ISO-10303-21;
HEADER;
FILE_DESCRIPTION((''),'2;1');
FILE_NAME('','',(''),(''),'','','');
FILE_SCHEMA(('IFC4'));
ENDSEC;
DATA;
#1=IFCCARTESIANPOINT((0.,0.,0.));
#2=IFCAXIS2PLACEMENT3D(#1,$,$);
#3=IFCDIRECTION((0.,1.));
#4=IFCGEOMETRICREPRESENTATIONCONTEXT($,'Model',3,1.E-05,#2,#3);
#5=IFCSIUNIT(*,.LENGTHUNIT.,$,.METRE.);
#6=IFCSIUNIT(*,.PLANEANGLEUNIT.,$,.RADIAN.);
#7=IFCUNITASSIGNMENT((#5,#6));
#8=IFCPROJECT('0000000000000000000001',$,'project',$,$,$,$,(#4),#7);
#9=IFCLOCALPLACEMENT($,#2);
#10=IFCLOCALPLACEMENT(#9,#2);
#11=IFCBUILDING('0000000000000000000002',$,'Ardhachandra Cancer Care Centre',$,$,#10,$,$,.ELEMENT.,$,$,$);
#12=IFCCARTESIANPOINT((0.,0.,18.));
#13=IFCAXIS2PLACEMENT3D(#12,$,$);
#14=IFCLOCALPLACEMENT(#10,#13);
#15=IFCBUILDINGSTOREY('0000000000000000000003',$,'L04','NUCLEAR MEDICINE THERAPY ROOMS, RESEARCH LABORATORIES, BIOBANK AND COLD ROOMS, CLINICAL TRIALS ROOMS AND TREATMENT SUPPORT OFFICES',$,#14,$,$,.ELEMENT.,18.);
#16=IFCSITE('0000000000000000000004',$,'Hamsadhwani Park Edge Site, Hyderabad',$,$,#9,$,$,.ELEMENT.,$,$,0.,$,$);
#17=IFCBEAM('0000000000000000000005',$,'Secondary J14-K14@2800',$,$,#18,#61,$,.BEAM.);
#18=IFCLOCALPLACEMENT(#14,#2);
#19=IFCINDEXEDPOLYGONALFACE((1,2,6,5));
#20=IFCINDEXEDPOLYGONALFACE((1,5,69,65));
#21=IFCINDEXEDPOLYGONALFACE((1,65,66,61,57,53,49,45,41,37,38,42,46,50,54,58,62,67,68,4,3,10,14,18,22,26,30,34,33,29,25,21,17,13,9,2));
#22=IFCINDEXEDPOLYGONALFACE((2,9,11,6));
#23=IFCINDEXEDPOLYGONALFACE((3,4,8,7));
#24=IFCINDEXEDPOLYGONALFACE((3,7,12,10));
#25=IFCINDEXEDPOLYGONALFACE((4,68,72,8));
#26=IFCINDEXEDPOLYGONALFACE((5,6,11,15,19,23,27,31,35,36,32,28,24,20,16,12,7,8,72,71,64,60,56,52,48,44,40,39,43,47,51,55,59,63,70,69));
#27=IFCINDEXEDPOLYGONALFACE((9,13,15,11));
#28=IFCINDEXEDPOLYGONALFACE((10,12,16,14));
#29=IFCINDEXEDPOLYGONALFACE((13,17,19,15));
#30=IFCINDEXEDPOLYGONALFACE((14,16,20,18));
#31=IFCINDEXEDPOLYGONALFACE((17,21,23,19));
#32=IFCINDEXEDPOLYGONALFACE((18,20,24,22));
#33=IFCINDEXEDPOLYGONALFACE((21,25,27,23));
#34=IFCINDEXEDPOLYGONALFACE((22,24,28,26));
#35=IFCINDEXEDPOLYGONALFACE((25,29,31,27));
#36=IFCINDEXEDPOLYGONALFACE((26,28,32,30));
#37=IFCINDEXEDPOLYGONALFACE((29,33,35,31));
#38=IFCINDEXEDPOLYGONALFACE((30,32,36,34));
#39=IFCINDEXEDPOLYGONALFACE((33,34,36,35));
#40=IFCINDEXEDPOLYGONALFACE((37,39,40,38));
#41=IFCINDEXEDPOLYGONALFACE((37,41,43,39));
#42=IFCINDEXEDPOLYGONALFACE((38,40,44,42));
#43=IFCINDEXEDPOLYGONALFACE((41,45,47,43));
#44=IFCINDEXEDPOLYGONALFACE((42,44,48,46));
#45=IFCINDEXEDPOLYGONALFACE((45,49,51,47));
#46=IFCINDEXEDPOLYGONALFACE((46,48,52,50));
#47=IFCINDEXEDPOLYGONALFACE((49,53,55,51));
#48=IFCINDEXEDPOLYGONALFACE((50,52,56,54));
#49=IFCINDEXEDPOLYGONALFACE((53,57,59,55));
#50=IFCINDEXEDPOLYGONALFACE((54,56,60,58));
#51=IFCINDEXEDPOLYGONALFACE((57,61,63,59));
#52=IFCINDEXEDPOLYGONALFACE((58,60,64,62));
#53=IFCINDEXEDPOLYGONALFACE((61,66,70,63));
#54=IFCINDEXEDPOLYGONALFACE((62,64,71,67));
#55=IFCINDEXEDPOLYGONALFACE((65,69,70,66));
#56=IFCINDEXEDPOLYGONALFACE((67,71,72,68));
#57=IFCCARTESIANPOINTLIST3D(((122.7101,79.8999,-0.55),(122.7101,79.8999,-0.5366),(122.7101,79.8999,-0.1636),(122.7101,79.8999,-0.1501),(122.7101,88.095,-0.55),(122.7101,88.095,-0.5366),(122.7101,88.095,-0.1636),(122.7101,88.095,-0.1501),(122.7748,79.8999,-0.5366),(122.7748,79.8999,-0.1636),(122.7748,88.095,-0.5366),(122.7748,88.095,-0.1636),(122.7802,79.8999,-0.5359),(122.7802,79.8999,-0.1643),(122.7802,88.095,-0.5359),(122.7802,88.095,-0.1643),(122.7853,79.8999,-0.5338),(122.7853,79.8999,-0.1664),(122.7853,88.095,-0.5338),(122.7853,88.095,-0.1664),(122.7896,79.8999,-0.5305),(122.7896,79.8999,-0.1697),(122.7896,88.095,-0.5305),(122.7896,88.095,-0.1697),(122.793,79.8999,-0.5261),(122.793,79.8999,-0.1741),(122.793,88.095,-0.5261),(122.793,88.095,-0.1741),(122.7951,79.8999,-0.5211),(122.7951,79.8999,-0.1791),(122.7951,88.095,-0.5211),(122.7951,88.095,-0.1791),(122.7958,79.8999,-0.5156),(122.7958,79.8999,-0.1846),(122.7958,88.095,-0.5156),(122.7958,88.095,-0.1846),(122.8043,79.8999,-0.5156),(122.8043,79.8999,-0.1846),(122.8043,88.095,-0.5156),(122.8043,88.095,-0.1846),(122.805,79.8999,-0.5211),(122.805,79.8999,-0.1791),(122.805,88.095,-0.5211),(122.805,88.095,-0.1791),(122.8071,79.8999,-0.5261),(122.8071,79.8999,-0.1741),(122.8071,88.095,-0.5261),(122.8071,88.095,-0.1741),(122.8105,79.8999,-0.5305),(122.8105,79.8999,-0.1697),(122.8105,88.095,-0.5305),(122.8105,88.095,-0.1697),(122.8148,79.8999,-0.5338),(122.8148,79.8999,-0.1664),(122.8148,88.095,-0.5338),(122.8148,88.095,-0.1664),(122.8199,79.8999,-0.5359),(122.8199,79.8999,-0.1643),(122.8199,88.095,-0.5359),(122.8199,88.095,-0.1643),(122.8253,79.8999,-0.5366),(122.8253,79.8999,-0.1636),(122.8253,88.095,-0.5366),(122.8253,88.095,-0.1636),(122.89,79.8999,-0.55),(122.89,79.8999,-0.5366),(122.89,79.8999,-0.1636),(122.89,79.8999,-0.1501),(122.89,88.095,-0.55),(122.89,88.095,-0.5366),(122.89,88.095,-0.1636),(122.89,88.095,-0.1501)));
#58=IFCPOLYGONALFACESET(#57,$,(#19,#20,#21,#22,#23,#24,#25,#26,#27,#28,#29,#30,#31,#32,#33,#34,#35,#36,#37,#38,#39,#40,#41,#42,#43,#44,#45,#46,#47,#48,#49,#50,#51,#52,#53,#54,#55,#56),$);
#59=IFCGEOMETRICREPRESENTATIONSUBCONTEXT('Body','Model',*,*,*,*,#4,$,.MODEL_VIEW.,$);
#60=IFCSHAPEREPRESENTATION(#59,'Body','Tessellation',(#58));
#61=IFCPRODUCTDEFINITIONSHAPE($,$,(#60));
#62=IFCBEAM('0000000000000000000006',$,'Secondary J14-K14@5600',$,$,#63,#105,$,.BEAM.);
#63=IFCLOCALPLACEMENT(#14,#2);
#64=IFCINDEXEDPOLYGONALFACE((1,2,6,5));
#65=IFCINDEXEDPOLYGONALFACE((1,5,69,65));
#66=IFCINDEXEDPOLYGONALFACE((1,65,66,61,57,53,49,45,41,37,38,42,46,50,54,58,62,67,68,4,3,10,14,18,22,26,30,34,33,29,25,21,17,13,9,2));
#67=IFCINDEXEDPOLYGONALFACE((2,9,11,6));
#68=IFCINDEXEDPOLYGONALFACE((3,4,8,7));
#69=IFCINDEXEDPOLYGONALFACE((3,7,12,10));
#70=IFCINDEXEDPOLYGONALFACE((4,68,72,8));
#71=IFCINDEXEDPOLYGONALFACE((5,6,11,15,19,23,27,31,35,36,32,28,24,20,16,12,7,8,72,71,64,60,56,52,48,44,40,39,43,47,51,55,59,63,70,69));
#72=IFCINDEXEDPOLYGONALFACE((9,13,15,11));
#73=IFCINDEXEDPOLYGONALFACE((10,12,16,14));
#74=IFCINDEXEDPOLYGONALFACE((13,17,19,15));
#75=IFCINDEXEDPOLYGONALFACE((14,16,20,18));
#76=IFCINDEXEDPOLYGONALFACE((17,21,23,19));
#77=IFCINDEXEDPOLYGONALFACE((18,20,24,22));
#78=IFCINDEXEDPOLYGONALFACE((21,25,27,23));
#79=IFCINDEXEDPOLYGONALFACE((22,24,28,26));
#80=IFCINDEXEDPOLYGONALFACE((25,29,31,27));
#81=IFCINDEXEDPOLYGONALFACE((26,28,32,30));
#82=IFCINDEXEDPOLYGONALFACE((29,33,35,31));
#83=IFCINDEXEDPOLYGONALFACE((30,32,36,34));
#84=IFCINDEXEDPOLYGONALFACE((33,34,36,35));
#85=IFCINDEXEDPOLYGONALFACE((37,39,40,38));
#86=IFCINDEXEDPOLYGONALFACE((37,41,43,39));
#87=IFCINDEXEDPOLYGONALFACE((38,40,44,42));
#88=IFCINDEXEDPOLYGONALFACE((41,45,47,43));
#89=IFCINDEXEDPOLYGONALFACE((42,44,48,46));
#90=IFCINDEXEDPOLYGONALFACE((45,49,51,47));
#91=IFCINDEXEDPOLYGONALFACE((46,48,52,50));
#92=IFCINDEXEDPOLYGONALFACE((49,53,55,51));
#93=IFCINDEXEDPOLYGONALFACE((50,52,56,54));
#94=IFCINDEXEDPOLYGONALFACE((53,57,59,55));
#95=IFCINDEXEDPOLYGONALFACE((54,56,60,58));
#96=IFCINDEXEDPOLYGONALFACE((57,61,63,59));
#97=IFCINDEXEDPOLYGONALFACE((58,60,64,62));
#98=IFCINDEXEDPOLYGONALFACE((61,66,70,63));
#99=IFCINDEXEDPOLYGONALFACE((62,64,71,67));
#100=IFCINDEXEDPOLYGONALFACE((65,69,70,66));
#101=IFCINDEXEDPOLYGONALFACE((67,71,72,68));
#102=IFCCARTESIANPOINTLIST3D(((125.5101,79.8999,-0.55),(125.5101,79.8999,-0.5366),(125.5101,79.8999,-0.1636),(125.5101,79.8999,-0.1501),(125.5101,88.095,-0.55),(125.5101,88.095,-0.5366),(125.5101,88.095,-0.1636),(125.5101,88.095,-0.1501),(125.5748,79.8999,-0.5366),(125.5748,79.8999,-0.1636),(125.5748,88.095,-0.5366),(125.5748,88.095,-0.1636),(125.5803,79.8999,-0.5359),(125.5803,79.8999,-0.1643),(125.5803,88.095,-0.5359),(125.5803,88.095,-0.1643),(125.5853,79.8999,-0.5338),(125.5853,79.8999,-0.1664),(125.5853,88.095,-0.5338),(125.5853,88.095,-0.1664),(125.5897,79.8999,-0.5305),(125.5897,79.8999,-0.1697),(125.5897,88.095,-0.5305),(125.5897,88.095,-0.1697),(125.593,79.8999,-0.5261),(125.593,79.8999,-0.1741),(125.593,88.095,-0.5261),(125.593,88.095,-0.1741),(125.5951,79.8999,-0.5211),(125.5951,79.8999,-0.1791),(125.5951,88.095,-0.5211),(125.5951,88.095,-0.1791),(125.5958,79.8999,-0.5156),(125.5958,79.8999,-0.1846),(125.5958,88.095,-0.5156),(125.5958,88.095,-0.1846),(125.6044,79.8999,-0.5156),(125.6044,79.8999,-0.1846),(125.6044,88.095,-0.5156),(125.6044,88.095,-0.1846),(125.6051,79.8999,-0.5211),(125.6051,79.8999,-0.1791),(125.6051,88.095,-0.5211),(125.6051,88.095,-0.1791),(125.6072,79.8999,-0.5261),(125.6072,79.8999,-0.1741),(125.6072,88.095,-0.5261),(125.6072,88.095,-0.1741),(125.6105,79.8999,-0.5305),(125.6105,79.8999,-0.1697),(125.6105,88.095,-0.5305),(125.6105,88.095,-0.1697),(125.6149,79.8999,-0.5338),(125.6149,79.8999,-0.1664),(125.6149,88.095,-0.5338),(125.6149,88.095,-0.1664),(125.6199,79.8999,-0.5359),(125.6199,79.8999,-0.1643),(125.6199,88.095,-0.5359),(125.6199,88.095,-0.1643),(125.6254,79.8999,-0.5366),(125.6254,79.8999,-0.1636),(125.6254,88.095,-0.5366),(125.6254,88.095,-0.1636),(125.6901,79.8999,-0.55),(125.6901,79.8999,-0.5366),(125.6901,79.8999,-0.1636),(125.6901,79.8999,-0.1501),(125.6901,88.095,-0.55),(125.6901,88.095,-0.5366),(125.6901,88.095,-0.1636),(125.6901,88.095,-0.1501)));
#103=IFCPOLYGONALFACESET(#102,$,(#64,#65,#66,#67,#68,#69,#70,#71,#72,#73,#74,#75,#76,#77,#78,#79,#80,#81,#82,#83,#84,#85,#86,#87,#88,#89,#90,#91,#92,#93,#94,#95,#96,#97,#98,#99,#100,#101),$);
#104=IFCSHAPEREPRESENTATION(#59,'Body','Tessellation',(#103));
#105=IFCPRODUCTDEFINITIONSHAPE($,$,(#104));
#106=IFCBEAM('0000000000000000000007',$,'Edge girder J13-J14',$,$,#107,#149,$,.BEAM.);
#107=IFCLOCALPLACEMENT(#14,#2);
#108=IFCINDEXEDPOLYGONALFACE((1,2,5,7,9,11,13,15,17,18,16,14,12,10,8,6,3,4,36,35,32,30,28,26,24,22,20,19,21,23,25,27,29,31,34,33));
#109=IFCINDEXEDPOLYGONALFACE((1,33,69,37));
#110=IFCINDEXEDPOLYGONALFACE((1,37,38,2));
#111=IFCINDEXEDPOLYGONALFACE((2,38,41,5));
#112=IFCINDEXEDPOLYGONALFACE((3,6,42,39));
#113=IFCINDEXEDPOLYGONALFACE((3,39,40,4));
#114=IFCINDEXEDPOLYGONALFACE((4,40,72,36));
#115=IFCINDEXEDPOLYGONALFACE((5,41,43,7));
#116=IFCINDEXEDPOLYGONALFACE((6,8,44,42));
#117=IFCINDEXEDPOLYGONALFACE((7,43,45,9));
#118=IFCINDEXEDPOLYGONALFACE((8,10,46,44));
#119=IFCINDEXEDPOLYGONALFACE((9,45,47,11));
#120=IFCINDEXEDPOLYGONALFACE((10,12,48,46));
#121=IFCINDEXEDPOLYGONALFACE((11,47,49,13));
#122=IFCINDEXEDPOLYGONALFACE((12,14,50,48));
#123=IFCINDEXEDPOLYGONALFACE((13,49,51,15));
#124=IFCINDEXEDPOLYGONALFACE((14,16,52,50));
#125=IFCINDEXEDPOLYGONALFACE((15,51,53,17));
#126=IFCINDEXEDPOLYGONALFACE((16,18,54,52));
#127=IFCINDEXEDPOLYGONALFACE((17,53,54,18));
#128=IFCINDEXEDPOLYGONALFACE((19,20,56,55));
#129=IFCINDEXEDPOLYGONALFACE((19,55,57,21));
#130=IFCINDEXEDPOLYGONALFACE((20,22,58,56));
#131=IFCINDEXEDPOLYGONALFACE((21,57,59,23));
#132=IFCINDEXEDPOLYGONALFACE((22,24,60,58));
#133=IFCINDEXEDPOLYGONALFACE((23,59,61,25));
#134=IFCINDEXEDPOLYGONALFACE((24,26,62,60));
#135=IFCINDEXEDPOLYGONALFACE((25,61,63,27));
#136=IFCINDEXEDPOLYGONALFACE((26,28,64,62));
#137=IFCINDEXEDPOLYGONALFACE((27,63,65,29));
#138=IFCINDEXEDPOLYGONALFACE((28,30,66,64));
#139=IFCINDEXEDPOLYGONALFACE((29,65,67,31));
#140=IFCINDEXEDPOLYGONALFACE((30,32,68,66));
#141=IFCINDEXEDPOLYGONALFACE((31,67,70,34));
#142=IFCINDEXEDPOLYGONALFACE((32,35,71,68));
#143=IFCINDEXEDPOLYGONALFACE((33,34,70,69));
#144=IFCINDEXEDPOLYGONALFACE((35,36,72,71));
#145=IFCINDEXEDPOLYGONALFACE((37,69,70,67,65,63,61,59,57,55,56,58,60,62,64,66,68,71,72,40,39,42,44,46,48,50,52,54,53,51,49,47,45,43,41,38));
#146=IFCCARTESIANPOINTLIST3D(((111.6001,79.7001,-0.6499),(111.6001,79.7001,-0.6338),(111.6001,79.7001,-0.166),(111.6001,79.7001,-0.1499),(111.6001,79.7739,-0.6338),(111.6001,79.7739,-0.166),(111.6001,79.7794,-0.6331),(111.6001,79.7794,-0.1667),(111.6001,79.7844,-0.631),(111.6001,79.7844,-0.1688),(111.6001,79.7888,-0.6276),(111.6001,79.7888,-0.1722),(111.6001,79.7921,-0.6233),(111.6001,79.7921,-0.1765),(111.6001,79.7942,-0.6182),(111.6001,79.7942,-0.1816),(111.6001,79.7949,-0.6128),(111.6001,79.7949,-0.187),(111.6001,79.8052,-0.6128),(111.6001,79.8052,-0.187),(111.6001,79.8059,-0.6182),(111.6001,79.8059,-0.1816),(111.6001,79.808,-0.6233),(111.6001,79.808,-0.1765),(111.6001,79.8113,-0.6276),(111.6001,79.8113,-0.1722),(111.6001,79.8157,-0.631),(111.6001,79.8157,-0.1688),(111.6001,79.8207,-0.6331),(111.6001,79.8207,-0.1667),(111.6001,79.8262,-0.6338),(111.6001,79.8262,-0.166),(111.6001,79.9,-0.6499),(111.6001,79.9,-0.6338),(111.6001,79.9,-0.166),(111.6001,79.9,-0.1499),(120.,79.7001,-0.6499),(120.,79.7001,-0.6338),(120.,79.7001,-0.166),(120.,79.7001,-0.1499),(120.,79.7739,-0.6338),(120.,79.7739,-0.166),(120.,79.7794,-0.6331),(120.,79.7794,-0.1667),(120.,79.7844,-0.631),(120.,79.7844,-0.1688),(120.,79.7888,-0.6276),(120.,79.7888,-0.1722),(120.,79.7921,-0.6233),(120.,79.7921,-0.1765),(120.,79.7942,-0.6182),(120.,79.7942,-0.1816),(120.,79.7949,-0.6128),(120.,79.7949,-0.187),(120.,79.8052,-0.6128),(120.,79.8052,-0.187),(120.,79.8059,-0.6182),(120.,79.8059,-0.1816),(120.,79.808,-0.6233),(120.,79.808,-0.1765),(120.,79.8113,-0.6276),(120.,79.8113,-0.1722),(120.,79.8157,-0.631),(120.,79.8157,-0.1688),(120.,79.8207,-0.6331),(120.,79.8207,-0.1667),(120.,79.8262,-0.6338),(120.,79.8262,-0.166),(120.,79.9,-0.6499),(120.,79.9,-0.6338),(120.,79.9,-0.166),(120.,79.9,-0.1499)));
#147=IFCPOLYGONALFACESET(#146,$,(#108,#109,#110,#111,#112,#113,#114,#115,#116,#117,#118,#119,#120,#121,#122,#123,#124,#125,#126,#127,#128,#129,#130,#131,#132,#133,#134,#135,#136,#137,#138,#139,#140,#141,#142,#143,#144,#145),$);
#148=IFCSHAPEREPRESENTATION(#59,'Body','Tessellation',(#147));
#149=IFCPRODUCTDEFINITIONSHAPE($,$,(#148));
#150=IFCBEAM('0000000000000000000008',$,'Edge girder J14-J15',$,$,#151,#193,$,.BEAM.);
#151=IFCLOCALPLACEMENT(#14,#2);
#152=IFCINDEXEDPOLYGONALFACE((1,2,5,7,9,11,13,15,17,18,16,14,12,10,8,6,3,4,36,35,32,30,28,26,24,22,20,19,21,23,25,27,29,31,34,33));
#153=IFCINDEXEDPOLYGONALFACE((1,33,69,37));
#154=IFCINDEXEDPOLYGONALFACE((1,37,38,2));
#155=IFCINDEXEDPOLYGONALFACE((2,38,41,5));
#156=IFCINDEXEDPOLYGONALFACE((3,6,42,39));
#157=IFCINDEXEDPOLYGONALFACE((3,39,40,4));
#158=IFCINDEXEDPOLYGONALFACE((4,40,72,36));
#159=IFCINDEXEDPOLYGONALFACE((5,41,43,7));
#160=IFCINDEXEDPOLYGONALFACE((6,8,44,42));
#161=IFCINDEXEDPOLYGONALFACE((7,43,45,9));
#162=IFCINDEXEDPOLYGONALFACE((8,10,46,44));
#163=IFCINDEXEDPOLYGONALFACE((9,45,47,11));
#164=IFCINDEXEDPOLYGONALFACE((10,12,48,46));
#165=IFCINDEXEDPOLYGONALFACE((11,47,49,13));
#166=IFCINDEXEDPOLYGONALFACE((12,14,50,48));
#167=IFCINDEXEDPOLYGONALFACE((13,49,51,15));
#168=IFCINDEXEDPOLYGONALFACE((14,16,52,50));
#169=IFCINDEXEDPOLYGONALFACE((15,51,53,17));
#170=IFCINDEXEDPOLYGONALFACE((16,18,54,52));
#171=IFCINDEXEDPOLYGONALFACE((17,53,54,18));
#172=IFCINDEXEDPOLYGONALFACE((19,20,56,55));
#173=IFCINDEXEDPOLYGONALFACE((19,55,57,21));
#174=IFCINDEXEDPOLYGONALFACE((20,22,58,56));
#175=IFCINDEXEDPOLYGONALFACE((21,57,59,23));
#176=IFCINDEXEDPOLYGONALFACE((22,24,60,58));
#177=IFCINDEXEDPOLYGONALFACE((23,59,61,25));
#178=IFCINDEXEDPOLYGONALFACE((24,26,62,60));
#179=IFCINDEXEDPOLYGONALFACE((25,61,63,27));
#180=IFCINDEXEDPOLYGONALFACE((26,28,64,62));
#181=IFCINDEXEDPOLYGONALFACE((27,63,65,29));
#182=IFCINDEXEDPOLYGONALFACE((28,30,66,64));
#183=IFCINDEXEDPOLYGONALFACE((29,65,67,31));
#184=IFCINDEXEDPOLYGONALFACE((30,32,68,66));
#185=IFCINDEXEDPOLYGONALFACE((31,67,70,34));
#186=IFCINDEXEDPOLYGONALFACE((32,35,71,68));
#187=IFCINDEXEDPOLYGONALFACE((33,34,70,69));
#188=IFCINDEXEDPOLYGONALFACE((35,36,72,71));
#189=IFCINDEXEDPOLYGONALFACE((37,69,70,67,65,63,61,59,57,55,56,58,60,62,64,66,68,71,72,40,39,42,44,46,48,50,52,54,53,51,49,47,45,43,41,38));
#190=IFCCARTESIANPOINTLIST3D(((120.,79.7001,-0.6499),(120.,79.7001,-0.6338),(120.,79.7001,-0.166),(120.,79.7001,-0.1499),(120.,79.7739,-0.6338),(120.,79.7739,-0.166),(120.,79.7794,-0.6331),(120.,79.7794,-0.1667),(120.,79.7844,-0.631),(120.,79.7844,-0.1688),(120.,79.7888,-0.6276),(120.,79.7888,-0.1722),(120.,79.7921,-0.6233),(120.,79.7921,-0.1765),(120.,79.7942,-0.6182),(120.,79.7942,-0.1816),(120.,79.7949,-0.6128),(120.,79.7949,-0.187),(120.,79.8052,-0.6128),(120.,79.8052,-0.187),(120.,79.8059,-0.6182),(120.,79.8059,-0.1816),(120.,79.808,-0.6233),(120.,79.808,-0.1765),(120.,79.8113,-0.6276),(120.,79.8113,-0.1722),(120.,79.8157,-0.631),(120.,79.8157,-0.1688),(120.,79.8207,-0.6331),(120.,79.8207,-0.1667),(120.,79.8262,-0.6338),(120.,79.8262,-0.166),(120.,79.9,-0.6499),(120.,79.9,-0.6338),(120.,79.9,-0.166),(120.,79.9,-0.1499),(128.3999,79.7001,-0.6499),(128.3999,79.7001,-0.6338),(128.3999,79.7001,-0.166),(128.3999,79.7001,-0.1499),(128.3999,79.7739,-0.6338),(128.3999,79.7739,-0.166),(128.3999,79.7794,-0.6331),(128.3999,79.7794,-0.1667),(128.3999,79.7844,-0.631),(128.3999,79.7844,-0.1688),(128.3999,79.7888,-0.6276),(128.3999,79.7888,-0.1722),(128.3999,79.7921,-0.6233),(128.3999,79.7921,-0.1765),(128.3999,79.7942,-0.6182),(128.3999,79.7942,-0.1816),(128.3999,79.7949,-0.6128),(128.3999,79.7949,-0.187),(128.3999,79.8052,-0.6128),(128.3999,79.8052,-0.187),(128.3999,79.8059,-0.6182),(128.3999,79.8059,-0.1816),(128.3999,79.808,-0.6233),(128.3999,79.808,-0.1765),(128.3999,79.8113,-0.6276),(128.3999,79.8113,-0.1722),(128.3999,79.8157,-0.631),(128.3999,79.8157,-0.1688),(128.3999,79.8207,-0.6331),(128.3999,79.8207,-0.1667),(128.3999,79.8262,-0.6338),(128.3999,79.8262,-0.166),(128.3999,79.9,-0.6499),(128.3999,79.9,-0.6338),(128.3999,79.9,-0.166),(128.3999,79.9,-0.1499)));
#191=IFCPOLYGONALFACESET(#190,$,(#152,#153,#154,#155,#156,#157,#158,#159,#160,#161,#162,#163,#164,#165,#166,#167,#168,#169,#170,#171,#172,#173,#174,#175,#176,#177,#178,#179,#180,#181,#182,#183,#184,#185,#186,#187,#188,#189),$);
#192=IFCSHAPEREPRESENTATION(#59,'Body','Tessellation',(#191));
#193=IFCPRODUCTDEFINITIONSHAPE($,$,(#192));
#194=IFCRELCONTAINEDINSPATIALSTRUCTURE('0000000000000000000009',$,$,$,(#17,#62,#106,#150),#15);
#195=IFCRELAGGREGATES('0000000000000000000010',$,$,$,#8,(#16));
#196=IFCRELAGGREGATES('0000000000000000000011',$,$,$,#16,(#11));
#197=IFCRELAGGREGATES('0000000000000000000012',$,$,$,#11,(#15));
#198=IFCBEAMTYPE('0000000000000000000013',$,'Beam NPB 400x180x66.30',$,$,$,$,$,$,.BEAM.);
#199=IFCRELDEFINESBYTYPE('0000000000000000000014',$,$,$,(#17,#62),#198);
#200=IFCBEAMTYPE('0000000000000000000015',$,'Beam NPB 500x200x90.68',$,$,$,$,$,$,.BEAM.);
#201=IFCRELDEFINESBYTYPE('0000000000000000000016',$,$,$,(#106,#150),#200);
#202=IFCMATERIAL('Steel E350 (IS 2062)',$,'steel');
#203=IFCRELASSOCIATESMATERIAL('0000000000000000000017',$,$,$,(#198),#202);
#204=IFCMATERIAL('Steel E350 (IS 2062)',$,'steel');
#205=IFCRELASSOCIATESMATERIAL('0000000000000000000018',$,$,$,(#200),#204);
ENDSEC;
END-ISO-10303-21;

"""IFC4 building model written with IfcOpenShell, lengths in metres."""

from ifc_helpers import new_model, si_unit, direction, frame, origin, origin_2d, place, context, subcontext, project, spatial, i_section, extrude, material, material_profile, profile_set, type_object, element, save


model = new_model("IFC4")

# Units and contexts
model_context = context("Model", 3, precision=1e-05, world=origin(), true_north=direction((0.0, 1.0)))
body_context = subcontext(model_context, "Body", "Model", "MODEL_VIEW")
ifc_project = project(units=[si_unit("LENGTHUNIT", "METRE"), si_unit("PLANEANGLEUNIT", "RADIAN")], contexts=[model_context])

# Site, building, storey
site_placement = place(None, origin())
site = spatial("IfcSite", under=ifc_project, at=site_placement, Name="Hamsadhwani Park Edge Site, Hyderabad", CompositionType="ELEMENT", RefElevation=0.0)
building_placement = place(site_placement, origin())
building = spatial("IfcBuilding", under=site, at=building_placement, Name="Ardhachandra Cancer Care Centre", CompositionType="ELEMENT")
storey_placement = place(building_placement, frame((0.0, 0.0, 18.0)))
storey = spatial("IfcBuildingStorey", under=building, at=storey_placement, Name="L04", Description="NUCLEAR MEDICINE THERAPY ROOMS, RESEARCH LABORATORIES, BIOBANK AND COLD ROOMS, CLINICAL TRIALS ROOMS AND TREATMENT SUPPORT OFFICES", CompositionType="ELEMENT", Elevation=18.0)

# Beams
ifc_material_1 = material(Name="Steel E350 (IS 2062)", Category="steel")
ifc_material_profile_1 = material_profile(ifc_material_1, i_section(OverallWidth=0.1799, OverallDepth=0.3999, WebThickness=0.0085, FlangeThickness=0.0134, FilletRadius=0.021, at=origin_2d()), Name="NPB 400x180x66.30")
ifc_profile_set_1 = profile_set([ifc_material_profile_1], Name="Steel E350 (IS 2062)")
beam_type_1 = type_object("IfcBeamType", Name="Beam NPB 400x180x66.30", PredefinedType="BEAM", material=ifc_profile_set_1)
for number, where, z_axis, x_axis, name in (
    (1, (122.8, 79.8999, -0.3501), (0.0, 1.0, 0.0), (-1.0, 0.0, 0.0), "Secondary J14-K14@2800"),
    (2, (125.6001, 79.8999, -0.3501), (0.0, 1.0, 0.0), (-1.0, 0.0, 0.0), "Secondary J14-K14@5600"),
):
    element("IfcBeam", number, at=place(storey_placement, frame(where, z_axis=z_axis, x_axis=x_axis)), inside=storey, type_object=beam_type_1, Name=name, PredefinedType="BEAM", context=body_context, shape_type="SweptSolid", body=[
        extrude(i_section(OverallWidth=0.1799, OverallDepth=0.3999, WebThickness=0.0085, FlangeThickness=0.0134, FilletRadius=0.021, at=origin_2d()), origin(), (0.0, 0.0, 1.0), 8.1951),
    ])
ifc_material_2 = material(Name="Steel E350 (IS 2062)", Category="steel")
ifc_material_profile_2 = material_profile(ifc_material_2, i_section(OverallWidth=0.2, OverallDepth=0.5, WebThickness=0.0103, FlangeThickness=0.0161, FilletRadius=0.021, at=origin_2d()), Name="NPB 500x200x90.68")
ifc_profile_set_2 = profile_set([ifc_material_profile_2], Name="Steel E350 (IS 2062)")
beam_type_2 = type_object("IfcBeamType", Name="Beam NPB 500x200x90.68", PredefinedType="BEAM", material=ifc_profile_set_2)
for number, where, z_axis, x_axis, name in (
    (3, (111.6001, 79.8, -0.3999), (1.0, 0.0, 0.0), (0.0, 1.0, 0.0), "Edge girder J13-J14"),
    (4, (120.0, 79.8, -0.3999), (1.0, 0.0, 0.0), (0.0, 1.0, 0.0), "Edge girder J14-J15"),
):
    element("IfcBeam", number, at=place(storey_placement, frame(where, z_axis=z_axis, x_axis=x_axis)), inside=storey, type_object=beam_type_2, Name=name, PredefinedType="BEAM", context=body_context, shape_type="SweptSolid", body=[
        extrude(i_section(OverallWidth=0.2, OverallDepth=0.5, WebThickness=0.0103, FlangeThickness=0.0161, FilletRadius=0.021, at=origin_2d()), origin(), (0.0, 0.0, 1.0), 8.3999),
    ])

save(model, "model.ifc")
